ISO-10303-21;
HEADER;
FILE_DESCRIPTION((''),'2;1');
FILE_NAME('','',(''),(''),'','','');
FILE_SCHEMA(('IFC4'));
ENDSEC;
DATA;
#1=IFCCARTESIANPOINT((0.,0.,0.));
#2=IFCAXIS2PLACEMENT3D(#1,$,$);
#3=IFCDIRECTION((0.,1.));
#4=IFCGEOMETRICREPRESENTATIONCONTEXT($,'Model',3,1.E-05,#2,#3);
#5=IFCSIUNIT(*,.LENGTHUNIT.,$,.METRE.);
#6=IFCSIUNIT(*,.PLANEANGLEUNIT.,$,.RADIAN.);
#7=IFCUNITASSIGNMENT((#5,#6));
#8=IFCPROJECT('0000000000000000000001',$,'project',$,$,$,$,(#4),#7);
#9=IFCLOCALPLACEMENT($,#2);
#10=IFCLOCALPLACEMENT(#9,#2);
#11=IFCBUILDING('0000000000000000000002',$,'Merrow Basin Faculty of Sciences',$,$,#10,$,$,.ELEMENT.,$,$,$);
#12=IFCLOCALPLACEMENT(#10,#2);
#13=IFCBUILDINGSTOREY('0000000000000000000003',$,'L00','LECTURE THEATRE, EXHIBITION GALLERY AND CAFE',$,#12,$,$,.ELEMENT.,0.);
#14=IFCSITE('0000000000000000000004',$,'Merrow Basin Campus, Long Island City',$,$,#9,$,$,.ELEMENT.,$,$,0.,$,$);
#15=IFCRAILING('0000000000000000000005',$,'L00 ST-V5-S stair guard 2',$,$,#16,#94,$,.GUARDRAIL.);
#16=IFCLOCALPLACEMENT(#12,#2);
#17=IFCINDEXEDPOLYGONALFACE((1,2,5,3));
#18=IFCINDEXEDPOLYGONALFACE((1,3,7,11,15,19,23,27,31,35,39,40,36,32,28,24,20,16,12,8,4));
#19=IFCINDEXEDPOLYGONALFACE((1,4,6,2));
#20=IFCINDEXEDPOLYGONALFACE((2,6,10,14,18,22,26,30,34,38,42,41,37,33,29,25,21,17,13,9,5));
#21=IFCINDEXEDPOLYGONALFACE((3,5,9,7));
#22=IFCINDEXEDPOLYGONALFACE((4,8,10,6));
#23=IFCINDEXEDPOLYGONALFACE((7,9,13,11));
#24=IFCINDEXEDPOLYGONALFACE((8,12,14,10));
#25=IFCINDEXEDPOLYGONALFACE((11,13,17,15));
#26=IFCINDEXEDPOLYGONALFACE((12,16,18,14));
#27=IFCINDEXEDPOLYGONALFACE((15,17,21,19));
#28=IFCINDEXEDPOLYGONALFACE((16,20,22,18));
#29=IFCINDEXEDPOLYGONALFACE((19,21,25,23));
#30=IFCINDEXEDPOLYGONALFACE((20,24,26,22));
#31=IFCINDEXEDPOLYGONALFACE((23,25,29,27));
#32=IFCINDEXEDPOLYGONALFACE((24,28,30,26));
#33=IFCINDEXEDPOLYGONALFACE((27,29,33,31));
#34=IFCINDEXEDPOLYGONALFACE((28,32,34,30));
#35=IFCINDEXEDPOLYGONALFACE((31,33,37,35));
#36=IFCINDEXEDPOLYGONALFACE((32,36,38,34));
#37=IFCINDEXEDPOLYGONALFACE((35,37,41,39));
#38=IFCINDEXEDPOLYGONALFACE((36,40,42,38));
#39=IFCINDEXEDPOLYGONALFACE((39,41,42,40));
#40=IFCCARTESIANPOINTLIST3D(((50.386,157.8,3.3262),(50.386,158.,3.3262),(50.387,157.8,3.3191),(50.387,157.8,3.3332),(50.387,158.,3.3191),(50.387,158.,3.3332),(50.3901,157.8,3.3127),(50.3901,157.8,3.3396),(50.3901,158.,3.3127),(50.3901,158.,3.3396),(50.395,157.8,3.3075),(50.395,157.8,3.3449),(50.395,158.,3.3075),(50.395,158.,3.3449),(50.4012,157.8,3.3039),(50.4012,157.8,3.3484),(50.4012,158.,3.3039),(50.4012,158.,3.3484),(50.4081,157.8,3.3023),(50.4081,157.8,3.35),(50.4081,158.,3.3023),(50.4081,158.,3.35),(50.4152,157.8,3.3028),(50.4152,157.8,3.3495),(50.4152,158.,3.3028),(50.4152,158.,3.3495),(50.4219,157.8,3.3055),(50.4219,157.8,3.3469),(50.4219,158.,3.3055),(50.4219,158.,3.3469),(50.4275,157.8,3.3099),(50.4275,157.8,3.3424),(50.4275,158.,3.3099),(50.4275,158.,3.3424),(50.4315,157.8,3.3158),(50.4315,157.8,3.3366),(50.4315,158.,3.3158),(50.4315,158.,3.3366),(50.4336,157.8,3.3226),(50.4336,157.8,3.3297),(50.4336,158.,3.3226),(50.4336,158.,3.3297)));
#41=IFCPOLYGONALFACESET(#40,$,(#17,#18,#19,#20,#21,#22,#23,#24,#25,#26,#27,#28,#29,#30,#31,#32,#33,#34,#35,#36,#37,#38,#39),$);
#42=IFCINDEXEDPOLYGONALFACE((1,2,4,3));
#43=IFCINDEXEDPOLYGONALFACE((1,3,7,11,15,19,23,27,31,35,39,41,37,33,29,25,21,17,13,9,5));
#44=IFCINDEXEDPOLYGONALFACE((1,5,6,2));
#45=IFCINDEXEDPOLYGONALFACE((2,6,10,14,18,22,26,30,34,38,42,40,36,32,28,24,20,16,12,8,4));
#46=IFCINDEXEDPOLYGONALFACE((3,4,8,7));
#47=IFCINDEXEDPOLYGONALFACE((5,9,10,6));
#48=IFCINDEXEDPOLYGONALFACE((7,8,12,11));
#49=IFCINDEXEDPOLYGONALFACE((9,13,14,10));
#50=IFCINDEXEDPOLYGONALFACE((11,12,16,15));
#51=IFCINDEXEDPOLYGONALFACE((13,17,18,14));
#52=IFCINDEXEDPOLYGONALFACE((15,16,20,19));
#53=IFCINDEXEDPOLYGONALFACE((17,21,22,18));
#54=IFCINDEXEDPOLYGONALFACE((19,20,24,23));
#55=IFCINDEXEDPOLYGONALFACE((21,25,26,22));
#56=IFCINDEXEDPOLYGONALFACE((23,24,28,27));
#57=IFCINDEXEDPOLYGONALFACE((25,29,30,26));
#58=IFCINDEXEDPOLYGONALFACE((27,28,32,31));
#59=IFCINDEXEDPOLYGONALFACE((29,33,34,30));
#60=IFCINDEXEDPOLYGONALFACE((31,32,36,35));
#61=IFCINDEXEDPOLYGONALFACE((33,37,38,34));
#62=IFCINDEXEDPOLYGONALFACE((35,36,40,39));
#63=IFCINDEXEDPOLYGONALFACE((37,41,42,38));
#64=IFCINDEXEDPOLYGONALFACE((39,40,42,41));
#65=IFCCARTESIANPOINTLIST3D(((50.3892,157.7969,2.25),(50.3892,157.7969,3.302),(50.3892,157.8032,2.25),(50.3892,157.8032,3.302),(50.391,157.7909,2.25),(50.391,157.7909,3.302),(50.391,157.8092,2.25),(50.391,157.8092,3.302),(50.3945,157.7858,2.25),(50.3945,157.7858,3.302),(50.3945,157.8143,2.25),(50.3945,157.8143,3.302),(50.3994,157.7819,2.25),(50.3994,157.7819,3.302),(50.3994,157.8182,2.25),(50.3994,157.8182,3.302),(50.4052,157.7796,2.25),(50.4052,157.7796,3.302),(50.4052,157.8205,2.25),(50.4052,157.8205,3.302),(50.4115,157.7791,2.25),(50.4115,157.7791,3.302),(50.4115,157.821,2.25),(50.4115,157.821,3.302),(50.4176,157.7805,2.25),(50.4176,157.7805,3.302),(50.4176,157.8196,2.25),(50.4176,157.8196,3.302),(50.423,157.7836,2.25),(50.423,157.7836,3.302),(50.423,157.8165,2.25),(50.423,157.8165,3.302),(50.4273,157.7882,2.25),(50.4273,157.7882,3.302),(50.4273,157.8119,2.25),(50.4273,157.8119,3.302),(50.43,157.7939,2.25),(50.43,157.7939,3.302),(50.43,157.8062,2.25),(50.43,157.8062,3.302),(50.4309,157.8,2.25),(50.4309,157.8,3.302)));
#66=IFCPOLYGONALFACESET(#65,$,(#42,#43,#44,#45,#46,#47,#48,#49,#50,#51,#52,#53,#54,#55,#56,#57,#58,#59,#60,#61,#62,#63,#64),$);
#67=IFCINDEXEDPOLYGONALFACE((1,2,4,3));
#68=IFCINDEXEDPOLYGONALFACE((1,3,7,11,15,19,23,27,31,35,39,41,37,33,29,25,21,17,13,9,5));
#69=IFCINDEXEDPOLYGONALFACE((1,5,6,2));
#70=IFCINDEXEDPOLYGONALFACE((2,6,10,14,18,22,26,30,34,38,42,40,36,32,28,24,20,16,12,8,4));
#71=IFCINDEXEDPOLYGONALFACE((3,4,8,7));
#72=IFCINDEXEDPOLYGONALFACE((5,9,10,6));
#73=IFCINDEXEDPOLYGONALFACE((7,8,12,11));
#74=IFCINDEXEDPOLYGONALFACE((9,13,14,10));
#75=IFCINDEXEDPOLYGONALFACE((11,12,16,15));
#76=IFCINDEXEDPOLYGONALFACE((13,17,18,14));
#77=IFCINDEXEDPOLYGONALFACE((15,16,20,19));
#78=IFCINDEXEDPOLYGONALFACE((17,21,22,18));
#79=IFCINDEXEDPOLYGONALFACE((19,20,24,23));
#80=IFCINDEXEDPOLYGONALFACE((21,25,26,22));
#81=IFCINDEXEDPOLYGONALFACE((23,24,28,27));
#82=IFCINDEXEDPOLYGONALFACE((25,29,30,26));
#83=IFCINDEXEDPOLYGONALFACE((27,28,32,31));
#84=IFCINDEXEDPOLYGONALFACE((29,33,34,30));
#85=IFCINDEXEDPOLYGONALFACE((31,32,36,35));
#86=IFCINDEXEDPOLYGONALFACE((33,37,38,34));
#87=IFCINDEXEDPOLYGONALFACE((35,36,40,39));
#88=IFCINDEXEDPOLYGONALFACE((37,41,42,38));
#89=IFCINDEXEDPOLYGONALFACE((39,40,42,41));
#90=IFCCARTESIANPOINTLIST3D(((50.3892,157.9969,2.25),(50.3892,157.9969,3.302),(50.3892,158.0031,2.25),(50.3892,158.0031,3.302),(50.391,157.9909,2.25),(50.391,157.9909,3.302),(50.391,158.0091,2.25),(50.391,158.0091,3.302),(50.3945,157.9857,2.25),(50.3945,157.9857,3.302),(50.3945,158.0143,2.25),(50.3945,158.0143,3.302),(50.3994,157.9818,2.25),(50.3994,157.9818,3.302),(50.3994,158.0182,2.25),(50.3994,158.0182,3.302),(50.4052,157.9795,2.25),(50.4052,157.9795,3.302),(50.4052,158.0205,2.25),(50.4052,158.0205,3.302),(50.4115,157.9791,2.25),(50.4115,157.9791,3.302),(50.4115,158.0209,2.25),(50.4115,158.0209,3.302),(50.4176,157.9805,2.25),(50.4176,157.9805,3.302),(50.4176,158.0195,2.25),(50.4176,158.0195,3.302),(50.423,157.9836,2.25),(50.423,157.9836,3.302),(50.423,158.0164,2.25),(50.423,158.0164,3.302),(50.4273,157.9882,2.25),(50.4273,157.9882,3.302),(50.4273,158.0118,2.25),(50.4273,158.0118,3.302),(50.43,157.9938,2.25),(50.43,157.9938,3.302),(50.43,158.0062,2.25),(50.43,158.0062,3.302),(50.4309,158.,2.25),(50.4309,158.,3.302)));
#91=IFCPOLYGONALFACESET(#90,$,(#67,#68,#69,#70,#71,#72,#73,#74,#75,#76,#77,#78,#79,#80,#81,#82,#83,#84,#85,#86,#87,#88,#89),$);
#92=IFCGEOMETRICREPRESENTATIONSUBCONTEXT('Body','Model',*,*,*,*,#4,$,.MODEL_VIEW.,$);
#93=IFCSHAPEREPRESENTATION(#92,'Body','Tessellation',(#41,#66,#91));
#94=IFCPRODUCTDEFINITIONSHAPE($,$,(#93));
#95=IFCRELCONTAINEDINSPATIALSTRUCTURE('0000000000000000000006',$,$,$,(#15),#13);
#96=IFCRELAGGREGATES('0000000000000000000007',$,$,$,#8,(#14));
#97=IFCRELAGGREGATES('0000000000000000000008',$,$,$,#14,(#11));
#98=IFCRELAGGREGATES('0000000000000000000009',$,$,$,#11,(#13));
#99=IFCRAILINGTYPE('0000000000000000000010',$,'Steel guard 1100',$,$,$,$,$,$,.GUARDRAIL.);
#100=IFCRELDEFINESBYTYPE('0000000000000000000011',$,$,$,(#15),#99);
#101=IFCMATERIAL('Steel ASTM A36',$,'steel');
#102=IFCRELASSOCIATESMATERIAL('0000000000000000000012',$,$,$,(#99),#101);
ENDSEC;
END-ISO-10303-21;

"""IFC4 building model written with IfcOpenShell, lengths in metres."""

from ifc_helpers import new_model, si_unit, direction, frame, origin, origin_2d, place, context, subcontext, project, spatial, circle, extrude, material, type_object, element, save


model = new_model("IFC4")

# Units and contexts
model_context = context("Model", 3, precision=1e-05, world=origin(), true_north=direction((0.0, 1.0)))
body_context = subcontext(model_context, "Body", "Model", "MODEL_VIEW")
ifc_project = project(units=[si_unit("LENGTHUNIT", "METRE"), si_unit("PLANEANGLEUNIT", "RADIAN")], contexts=[model_context])

# Site, building, storey
site_placement = place(None, origin())
site = spatial("IfcSite", under=ifc_project, at=site_placement, Name="Merrow Basin Campus, Long Island City", CompositionType="ELEMENT", RefElevation=0.0)
building_placement = place(site_placement, origin())
building = spatial("IfcBuilding", under=site, at=building_placement, Name="Merrow Basin Faculty of Sciences", CompositionType="ELEMENT")
storey_placement = place(building_placement, origin())
storey = spatial("IfcBuildingStorey", under=building, at=storey_placement, Name="L00", Description="LECTURE THEATRE, EXHIBITION GALLERY AND CAFE", CompositionType="ELEMENT", Elevation=0.0)

# Railing
ifc_material_1 = material(Name="Steel ASTM A36", Category="steel")
railing_type_1 = type_object("IfcRailingType", Name="Steel guard 1100", PredefinedType="GUARDRAIL", material=ifc_material_1)
railing_1_placement = place(storey_placement, frame((50.4099, 157.8, 2.25)))
element("IfcRailing", 1, at=railing_1_placement, inside=storey, type_object=railing_type_1, Name="L00 ST-V5-S stair guard 2", PredefinedType="GUARDRAIL", context=body_context, shape_type="SweptSolid", body=[
    extrude(circle(Radius=0.0239, at=origin_2d()), frame((0.0, 0.0, 1.0762), z_axis=(0.0, 1.0, 0.0), x_axis=(-1.0, 0.0, 0.0)), (0.0, 0.0, 1.0), 0.2),
    extrude(circle(Radius=0.021, at=origin_2d()), origin(), (0.0, 0.0, 1.0), 1.052),
    extrude(circle(Radius=0.021, at=origin_2d()), frame((0.0, 0.2, 0.0)), (0.0, 0.0, 1.0), 1.052),
])

save(model, "model.ifc")
